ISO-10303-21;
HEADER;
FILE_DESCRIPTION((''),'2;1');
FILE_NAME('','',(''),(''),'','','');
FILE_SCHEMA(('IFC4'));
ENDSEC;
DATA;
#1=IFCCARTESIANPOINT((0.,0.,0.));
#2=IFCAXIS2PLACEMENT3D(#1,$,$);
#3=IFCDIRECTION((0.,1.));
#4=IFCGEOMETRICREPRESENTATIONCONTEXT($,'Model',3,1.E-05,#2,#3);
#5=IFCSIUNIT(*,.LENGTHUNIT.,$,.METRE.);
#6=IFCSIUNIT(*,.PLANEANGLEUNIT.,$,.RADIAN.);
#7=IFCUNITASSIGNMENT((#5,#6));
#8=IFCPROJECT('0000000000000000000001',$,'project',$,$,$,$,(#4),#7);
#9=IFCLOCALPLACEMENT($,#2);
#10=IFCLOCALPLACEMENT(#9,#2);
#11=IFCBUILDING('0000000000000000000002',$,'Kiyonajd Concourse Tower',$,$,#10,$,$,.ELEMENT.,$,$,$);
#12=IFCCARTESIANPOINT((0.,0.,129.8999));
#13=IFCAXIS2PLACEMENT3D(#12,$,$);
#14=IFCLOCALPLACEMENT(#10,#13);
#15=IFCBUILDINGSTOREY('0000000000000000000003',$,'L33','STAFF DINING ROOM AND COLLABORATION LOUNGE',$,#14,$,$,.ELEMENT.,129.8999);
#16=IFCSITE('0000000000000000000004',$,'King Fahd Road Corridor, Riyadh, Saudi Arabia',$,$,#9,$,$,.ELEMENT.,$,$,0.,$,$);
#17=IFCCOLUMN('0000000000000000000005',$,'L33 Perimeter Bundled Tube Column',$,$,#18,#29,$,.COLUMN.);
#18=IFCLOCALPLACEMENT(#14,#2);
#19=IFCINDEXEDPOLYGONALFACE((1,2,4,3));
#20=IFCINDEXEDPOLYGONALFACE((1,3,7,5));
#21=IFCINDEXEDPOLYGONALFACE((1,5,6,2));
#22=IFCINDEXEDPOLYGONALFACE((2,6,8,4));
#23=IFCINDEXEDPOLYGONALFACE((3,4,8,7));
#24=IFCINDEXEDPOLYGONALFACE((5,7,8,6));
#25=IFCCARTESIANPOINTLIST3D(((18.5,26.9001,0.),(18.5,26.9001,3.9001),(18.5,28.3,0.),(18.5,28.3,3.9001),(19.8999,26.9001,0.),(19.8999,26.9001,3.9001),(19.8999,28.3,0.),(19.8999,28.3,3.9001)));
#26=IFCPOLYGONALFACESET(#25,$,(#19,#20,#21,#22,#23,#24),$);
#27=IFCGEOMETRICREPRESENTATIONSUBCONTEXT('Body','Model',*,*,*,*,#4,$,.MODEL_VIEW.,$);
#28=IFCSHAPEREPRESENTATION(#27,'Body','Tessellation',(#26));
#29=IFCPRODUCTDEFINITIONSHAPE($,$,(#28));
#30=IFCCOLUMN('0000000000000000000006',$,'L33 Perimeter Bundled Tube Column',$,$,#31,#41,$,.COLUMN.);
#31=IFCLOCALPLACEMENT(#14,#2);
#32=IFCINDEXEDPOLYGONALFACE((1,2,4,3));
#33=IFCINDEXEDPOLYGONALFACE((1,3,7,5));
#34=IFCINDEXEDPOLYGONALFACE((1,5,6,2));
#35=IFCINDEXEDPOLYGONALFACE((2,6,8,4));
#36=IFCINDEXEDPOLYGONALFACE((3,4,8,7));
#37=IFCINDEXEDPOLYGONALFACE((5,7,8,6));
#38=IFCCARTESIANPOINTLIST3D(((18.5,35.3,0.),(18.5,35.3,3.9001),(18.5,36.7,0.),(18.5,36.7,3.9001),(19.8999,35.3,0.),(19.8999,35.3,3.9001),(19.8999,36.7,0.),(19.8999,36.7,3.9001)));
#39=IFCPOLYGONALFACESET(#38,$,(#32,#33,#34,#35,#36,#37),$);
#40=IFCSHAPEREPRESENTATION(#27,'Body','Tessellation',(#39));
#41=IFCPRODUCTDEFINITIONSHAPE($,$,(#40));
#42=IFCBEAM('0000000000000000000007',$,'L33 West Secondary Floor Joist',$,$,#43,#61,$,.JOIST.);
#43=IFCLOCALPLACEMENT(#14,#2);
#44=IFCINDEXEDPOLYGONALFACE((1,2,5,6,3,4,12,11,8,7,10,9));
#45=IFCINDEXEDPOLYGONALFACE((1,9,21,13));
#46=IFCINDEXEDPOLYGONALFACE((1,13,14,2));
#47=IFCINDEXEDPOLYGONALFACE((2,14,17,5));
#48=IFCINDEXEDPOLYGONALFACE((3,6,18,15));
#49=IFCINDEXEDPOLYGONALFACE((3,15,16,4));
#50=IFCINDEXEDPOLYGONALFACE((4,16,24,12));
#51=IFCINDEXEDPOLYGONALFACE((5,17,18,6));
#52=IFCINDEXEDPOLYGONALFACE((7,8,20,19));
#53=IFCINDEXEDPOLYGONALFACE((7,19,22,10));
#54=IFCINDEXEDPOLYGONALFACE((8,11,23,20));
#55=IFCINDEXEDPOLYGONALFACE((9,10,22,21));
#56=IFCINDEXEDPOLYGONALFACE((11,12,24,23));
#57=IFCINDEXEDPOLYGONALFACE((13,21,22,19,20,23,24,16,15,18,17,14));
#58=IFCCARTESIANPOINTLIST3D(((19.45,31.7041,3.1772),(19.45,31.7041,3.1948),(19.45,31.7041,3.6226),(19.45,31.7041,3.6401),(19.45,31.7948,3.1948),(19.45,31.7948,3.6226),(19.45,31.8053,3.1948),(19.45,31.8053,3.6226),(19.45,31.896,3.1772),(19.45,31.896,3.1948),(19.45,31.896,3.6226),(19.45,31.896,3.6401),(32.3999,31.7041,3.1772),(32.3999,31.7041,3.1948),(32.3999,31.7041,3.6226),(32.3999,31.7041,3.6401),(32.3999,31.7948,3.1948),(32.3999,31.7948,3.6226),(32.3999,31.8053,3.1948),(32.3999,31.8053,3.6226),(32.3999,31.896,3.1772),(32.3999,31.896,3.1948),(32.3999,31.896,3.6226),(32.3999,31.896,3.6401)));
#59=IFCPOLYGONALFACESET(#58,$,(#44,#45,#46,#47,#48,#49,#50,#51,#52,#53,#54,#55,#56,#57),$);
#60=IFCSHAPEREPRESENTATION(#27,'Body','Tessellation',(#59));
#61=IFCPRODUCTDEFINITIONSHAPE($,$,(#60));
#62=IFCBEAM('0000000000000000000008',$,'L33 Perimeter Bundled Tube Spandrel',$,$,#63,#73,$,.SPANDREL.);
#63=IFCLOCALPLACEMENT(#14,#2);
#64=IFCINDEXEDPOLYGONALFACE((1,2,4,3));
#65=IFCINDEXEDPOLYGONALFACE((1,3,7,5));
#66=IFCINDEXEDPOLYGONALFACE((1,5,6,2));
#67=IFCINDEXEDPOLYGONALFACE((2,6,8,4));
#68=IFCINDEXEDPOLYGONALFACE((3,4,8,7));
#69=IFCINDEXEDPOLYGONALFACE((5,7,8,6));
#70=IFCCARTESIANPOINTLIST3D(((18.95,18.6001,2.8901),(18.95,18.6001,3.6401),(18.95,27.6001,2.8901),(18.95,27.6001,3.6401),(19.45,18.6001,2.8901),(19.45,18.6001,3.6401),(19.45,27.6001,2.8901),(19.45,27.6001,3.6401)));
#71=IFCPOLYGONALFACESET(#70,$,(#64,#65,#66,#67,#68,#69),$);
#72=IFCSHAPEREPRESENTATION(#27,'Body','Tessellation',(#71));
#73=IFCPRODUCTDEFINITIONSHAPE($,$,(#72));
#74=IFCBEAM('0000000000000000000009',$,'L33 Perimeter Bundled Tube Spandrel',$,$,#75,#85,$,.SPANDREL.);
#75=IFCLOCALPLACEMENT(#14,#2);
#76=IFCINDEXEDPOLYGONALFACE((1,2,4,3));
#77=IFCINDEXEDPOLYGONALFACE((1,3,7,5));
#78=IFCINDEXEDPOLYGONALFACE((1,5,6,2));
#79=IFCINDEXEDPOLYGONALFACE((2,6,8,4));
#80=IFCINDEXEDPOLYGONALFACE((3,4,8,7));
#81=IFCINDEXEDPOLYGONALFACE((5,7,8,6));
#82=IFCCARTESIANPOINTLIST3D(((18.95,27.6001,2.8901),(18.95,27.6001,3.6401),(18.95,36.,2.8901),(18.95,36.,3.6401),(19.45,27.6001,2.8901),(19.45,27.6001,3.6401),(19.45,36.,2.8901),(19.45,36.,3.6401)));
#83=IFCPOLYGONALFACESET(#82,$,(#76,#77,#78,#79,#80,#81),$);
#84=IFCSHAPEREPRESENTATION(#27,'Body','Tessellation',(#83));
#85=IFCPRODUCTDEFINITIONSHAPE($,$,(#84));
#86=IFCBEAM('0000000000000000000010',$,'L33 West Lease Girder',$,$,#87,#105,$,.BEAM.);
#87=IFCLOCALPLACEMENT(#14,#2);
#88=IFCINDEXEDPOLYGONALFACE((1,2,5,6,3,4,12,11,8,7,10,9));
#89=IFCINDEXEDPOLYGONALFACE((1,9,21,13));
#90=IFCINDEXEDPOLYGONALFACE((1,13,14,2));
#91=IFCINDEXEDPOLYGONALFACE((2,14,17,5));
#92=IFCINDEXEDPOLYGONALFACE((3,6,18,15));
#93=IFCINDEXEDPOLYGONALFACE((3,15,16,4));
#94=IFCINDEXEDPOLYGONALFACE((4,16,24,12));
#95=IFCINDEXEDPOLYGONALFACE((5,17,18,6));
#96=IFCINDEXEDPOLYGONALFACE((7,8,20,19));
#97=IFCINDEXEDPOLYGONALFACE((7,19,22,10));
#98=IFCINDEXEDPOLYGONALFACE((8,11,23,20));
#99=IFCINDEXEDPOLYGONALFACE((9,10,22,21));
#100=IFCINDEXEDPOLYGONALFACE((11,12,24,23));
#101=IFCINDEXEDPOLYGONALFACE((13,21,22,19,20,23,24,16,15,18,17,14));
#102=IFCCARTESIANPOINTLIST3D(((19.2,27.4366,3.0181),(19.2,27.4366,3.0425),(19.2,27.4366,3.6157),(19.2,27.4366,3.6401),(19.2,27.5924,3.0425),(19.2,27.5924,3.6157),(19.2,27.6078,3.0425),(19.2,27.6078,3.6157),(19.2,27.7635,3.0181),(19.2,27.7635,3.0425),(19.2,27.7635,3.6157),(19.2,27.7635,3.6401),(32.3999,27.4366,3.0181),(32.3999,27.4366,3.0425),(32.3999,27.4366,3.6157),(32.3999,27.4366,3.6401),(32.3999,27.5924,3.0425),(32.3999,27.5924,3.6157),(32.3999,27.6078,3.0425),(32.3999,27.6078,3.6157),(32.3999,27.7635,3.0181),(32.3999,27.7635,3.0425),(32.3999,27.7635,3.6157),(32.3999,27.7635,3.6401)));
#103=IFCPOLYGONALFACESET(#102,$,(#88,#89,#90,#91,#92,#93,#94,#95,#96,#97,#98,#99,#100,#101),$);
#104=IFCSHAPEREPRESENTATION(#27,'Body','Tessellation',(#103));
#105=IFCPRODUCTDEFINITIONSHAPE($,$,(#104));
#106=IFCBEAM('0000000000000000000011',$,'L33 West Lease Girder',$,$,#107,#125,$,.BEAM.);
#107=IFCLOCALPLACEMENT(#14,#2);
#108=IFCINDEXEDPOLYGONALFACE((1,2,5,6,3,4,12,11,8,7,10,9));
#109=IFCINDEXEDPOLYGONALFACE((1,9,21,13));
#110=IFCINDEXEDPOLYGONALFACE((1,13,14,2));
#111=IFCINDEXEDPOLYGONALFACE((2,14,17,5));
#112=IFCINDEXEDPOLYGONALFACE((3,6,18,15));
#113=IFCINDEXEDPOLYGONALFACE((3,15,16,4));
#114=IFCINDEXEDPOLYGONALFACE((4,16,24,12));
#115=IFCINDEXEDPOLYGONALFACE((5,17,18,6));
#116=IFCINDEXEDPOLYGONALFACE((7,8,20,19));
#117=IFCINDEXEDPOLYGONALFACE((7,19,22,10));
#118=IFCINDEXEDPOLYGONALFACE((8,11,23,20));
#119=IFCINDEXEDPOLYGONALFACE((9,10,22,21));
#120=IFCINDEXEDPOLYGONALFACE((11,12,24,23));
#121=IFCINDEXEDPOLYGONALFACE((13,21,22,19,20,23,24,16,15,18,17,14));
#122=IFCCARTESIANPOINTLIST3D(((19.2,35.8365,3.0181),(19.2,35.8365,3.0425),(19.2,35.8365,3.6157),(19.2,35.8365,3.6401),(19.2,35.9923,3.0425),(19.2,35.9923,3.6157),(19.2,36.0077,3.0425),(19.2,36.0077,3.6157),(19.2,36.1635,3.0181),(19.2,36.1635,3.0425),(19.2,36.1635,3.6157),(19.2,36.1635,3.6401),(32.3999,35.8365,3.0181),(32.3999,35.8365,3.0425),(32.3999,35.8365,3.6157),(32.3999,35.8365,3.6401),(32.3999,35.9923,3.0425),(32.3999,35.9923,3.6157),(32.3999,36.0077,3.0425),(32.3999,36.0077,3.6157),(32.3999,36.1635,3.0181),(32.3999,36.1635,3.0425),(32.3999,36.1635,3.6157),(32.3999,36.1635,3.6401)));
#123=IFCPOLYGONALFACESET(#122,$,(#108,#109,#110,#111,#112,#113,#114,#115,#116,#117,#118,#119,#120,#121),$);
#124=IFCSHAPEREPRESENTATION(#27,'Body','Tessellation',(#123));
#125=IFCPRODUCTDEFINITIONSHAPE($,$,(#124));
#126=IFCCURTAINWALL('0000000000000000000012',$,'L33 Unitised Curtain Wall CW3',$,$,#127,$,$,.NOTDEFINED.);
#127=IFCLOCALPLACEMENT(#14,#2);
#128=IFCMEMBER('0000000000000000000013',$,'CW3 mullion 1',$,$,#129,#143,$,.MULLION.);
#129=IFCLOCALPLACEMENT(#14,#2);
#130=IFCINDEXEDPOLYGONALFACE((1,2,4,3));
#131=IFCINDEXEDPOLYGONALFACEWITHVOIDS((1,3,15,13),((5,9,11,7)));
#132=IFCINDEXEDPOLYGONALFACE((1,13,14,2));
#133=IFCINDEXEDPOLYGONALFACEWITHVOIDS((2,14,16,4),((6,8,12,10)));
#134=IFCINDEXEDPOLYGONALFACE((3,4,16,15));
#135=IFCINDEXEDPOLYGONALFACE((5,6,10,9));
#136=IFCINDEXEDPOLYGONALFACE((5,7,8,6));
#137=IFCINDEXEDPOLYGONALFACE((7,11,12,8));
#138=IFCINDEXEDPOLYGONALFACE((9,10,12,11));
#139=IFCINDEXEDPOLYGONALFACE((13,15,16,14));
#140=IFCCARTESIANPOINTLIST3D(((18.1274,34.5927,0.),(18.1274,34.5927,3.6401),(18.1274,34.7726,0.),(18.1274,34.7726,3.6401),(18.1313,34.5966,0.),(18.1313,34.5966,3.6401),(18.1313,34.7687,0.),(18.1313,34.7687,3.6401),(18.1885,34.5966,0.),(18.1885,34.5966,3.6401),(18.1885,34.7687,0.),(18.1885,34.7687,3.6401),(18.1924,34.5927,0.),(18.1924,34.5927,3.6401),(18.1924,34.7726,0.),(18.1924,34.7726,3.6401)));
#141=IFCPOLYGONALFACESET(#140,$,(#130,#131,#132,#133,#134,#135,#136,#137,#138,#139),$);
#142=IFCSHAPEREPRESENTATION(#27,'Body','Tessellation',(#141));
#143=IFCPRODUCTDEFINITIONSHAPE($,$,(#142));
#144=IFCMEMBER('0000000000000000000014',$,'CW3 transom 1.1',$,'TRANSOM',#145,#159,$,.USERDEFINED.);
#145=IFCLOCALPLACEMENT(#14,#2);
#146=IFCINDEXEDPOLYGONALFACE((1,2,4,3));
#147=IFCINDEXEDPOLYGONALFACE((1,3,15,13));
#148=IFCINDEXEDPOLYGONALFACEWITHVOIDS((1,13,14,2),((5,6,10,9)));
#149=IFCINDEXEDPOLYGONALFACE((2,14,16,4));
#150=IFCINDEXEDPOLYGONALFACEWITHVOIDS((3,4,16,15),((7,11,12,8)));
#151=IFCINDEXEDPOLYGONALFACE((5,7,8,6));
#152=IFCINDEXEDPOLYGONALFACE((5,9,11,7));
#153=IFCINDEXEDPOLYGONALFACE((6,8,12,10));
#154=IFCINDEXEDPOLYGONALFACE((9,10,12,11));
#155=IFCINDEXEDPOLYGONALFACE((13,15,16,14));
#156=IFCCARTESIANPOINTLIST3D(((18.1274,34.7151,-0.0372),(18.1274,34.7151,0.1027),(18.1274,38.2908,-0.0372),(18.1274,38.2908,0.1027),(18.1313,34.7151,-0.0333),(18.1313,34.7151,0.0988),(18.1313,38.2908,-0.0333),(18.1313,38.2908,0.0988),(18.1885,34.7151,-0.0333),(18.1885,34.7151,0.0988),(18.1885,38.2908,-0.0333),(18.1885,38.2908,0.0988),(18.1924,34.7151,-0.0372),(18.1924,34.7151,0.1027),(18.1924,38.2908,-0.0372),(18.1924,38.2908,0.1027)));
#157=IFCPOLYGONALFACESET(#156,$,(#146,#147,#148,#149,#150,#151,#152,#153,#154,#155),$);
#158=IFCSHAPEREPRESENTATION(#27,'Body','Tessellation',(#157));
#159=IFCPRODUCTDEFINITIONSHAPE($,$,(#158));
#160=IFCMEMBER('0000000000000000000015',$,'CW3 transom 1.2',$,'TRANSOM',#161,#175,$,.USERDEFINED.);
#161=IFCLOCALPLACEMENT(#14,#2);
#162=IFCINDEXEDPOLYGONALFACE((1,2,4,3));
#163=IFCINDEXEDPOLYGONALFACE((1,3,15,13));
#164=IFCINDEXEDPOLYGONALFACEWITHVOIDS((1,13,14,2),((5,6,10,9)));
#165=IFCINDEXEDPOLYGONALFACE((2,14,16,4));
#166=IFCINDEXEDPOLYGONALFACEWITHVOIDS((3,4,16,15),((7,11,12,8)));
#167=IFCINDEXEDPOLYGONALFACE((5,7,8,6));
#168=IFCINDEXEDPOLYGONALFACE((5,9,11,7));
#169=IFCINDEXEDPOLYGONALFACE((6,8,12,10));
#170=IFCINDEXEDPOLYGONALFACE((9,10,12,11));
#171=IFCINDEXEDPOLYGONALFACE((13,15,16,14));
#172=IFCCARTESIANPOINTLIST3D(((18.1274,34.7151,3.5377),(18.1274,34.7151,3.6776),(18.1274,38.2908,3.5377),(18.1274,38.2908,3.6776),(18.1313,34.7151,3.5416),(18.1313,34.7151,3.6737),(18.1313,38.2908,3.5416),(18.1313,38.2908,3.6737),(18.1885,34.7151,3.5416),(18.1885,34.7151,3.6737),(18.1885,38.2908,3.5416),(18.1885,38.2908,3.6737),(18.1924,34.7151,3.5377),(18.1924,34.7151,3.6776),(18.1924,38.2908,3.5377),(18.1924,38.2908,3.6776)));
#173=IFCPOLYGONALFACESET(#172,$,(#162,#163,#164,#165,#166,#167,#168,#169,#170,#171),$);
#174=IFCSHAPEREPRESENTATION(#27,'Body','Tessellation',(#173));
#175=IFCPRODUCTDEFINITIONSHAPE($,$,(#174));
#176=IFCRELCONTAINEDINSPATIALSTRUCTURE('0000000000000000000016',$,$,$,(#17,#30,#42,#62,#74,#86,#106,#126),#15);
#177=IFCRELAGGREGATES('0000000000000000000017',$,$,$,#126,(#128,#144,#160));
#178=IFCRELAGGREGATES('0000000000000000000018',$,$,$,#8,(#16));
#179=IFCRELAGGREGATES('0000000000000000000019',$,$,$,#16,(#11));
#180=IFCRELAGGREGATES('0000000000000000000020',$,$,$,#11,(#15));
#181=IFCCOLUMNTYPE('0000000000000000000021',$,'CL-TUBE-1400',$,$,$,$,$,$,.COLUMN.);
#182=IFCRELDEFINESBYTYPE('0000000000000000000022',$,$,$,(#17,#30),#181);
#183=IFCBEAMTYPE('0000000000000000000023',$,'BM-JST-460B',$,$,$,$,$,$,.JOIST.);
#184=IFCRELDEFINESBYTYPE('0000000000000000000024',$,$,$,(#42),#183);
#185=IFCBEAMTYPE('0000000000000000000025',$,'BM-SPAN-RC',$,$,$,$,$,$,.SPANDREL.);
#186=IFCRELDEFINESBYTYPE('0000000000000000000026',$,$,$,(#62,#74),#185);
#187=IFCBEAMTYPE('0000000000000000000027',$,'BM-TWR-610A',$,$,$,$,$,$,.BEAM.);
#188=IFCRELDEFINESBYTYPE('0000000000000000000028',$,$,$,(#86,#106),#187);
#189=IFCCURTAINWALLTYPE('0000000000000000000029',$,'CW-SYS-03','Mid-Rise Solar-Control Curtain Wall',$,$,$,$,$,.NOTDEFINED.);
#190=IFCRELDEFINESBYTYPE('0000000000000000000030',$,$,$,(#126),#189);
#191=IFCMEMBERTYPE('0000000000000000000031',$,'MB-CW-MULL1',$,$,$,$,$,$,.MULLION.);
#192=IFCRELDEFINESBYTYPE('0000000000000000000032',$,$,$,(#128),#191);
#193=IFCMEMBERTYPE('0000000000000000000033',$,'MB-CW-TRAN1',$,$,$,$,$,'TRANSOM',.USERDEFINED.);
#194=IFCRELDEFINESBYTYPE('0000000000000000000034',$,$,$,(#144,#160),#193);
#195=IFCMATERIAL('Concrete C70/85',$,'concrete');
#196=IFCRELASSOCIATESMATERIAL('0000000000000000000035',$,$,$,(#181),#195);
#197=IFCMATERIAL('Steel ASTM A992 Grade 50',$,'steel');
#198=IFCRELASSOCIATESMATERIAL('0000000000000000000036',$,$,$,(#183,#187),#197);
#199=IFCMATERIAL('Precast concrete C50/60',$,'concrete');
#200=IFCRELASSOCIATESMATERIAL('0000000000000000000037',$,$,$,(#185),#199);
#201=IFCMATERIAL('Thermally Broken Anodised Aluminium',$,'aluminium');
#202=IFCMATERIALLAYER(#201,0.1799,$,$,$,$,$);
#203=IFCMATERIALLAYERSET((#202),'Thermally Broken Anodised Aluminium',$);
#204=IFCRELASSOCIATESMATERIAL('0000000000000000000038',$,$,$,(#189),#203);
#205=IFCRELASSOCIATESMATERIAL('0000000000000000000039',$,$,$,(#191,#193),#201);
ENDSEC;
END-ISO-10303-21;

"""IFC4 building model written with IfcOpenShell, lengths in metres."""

from ifc_helpers import new_model, si_unit, direction, frame, origin, origin_2d, place, context, subcontext, project, spatial, rectangle, hollow_rectangle, i_section, extrude, material, layer, layer_set, material_profile, profile_set, type_object, element, aggregate, save


model = new_model("IFC4")

# Units and contexts
model_context = context("Model", 3, precision=1e-05, world=origin(), true_north=direction((0.0, 1.0)))
body_context = subcontext(model_context, "Body", "Model", "MODEL_VIEW")
ifc_project = project(units=[si_unit("LENGTHUNIT", "METRE"), si_unit("PLANEANGLEUNIT", "RADIAN")], contexts=[model_context])

# Site, building, storey
site_placement = place(None, origin())
site = spatial("IfcSite", under=ifc_project, at=site_placement, Name="King Fahd Road Corridor, Riyadh, Saudi Arabia", CompositionType="ELEMENT", RefElevation=0.0)
building_placement = place(site_placement, origin())
building = spatial("IfcBuilding", under=site, at=building_placement, Name="Kiyonajd Concourse Tower", CompositionType="ELEMENT")
storey_placement = place(building_placement, frame((0.0, 0.0, 129.8999)))
storey = spatial("IfcBuildingStorey", under=building, at=storey_placement, Name="L33", Description="STAFF DINING ROOM AND COLLABORATION LOUNGE", CompositionType="ELEMENT", Elevation=129.8999)

# Columns
ifc_material_1 = material(Name="Concrete C70/85", Category="concrete")
ifc_material_profile_1 = material_profile(ifc_material_1, rectangle(XDim=1.3999, YDim=1.3999, at=origin_2d()), Name="RC-1400x1400")
ifc_profile_set_1 = profile_set([ifc_material_profile_1], Name="Concrete C70/85")
column_type = type_object("IfcColumnType", Name="CL-TUBE-1400", PredefinedType="COLUMN", material=ifc_profile_set_1)
for number, where, z_axis, x_axis, name in (
    (1, (19.2, 27.6001, 0.0), (0.0, 0.0, 1.0), (1.0, 0.0, 0.0), "L33 Perimeter Bundled Tube Column"),
    (2, (19.2, 36.0, 0.0), (0.0, 0.0, 1.0), (1.0, 0.0, 0.0), "L33 Perimeter Bundled Tube Column"),
):
    element("IfcColumn", number, at=place(storey_placement, frame(where, z_axis=z_axis, x_axis=x_axis)), inside=storey, type_object=column_type, Name=name, PredefinedType="COLUMN", context=body_context, shape_type="SweptSolid", body=[
        extrude(rectangle(XDim=1.3999, YDim=1.3999, at=origin_2d()), origin(), (0.0, 0.0, 1.0), 3.9001),
    ])

# Beams
ifc_material_2 = material(Name="Steel ASTM A992 Grade 50", Category="steel")
ifc_material_profile_2 = material_profile(ifc_material_2, i_section(OverallWidth=0.1919, OverallDepth=0.4629, WebThickness=0.0105, FlangeThickness=0.0176, at=origin_2d()), Name="W460X89")
ifc_profile_set_2 = profile_set([ifc_material_profile_2], Name="Steel ASTM A992 Grade 50")
beam_type_1 = type_object("IfcBeamType", Name="BM-JST-460B", PredefinedType="JOIST", material=ifc_profile_set_2)
beam_1_placement = place(storey_placement, frame((19.45, 31.8, 3.4087), z_axis=(1.0, 0.0, 0.0), x_axis=(0.0, 1.0, 0.0)))
element("IfcBeam", 3, at=beam_1_placement, inside=storey, type_object=beam_type_1, Name="L33 West Secondary Floor Joist", PredefinedType="JOIST", context=body_context, shape_type="SweptSolid", body=[
    extrude(i_section(OverallWidth=0.1919, OverallDepth=0.4629, WebThickness=0.0105, FlangeThickness=0.0176, at=origin_2d()), origin(), (0.0, 0.0, 1.0), 12.95),
])
ifc_material_3 = material(Name="Precast concrete C50/60", Category="concrete")
ifc_material_profile_3 = material_profile(ifc_material_3, rectangle(XDim=0.5, YDim=0.75, at=origin_2d()), Name="RCBM-500x750")
ifc_profile_set_3 = profile_set([ifc_material_profile_3], Name="Precast concrete C50/60")
beam_type_2 = type_object("IfcBeamType", Name="BM-SPAN-RC", PredefinedType="SPANDREL", material=ifc_profile_set_3)
beam_2_placement = place(storey_placement, frame((19.2, 27.6001, 3.2651), z_axis=(0.0, -1.0, 0.0), x_axis=(1.0, 0.0, 0.0)))
element("IfcBeam", 4, at=beam_2_placement, inside=storey, type_object=beam_type_2, Name="L33 Perimeter Bundled Tube Spandrel", PredefinedType="SPANDREL", context=body_context, shape_type="SweptSolid", body=[
    extrude(rectangle(XDim=0.5, YDim=0.75, at=origin_2d()), origin(), (0.0, 0.0, 1.0), 9.0),
])
beam_3_placement = place(storey_placement, frame((19.2, 36.0, 3.2651), z_axis=(0.0, -1.0, 0.0), x_axis=(1.0, 0.0, 0.0)))
element("IfcBeam", 5, at=beam_3_placement, inside=storey, type_object=beam_type_2, Name="L33 Perimeter Bundled Tube Spandrel", PredefinedType="SPANDREL", context=body_context, shape_type="SweptSolid", body=[
    extrude(rectangle(XDim=0.5, YDim=0.75, at=origin_2d()), origin(), (0.0, 0.0, 1.0), 8.3999),
])
ifc_material_profile_4 = material_profile(ifc_material_2, i_section(OverallWidth=0.3269, OverallDepth=0.6221, WebThickness=0.0154, FlangeThickness=0.0244, at=origin_2d()), Name="W610X195")
ifc_profile_set_4 = profile_set([ifc_material_profile_4], Name="Steel ASTM A992 Grade 50")
beam_type_3 = type_object("IfcBeamType", Name="BM-TWR-610A", PredefinedType="BEAM", material=ifc_profile_set_4)
for number, where, z_axis, x_axis, name in (
    (6, (19.2, 27.6001, 3.3291), (1.0, 0.0, 0.0), (0.0, 1.0, 0.0), "L33 West Lease Girder"),
    (7, (19.2, 36.0, 3.3291), (1.0, 0.0, 0.0), (0.0, 1.0, 0.0), "L33 West Lease Girder"),
):
    element("IfcBeam", number, at=place(storey_placement, frame(where, z_axis=z_axis, x_axis=x_axis)), inside=storey, type_object=beam_type_3, Name=name, PredefinedType="BEAM", context=body_context, shape_type="SweptSolid", body=[
        extrude(i_section(OverallWidth=0.3269, OverallDepth=0.6221, WebThickness=0.0154, FlangeThickness=0.0244, at=origin_2d()), origin(), (0.0, 0.0, 1.0), 13.2),
    ])

# Curtain wall, members
ifc_material_4 = material(Name="Thermally Broken Anodised Aluminium", Category="aluminium")
ifc_layer_1 = layer(ifc_material_4, 0.1799)
ifc_layer_set_1 = layer_set([ifc_layer_1], Name="Thermally Broken Anodised Aluminium")
curtain_wall_type = type_object("IfcCurtainWallType", Name="CW-SYS-03", Description="Mid-Rise Solar-Control Curtain Wall", PredefinedType="NOTDEFINED", material=ifc_layer_set_1)
curtain_wall_placement = place(storey_placement, origin())
curtain_wall = element("IfcCurtainWall", 8, at=curtain_wall_placement, inside=storey, type_object=curtain_wall_type, Name="L33 Unitised Curtain Wall CW3", PredefinedType="NOTDEFINED")
ifc_material_profile_5 = material_profile(ifc_material_4, hollow_rectangle(XDim=0.0649, YDim=0.1799, WallThickness=0.0039, at=origin_2d()), Name="MULL-65x180")
ifc_profile_set_5 = profile_set([ifc_material_profile_5], Name="Thermally Broken Anodised Aluminium")
member_type_1 = type_object("IfcMemberType", Name="MB-CW-MULL1", PredefinedType="MULLION", material=ifc_profile_set_5)
member_1_placement = place(storey_placement, frame((18.1599, 34.6826, 0.0), z_axis=(0.0, 0.0, 1.0), x_axis=(-1.0, 0.0, 0.0)))
member_1 = element("IfcMember", 9, at=member_1_placement, type_object=member_type_1, Name="CW3 mullion 1", PredefinedType="MULLION", context=body_context, shape_type="SweptSolid", body=[
    extrude(hollow_rectangle(XDim=0.0649, YDim=0.1799, WallThickness=0.0039, at=origin_2d()), origin(), (0.0, 0.0, 1.0), 3.6401),
])
ifc_material_profile_6 = material_profile(ifc_material_4, hollow_rectangle(XDim=0.0649, YDim=0.1399, WallThickness=0.0039, at=origin_2d()), Name="TRAN-65x140")
ifc_profile_set_6 = profile_set([ifc_material_profile_6], Name="Thermally Broken Anodised Aluminium")
member_type_2 = type_object("IfcMemberType", Name="MB-CW-TRAN1", ElementType="TRANSOM", PredefinedType="USERDEFINED", material=ifc_profile_set_6)
member_2_placement = place(storey_placement, frame((18.1599, 34.7151, 0.0327), z_axis=(0.0, 1.0, 0.0), x_axis=(-1.0, 0.0, 0.0)))
member_2 = element("IfcMember", 10, at=member_2_placement, type_object=member_type_2, Name="CW3 transom 1.1", ObjectType="TRANSOM", PredefinedType="USERDEFINED", context=body_context, shape_type="SweptSolid", body=[
    extrude(hollow_rectangle(XDim=0.0649, YDim=0.1399, WallThickness=0.0039, at=origin_2d()), origin(), (0.0, 0.0, 1.0), 3.5757),
])
member_3_placement = place(storey_placement, frame((18.1599, 34.7151, 3.6077), z_axis=(0.0, 1.0, 0.0), x_axis=(-1.0, 0.0, 0.0)))
member_3 = element("IfcMember", 11, at=member_3_placement, type_object=member_type_2, Name="CW3 transom 1.2", ObjectType="TRANSOM", PredefinedType="USERDEFINED", context=body_context, shape_type="SweptSolid", body=[
    extrude(hollow_rectangle(XDim=0.0649, YDim=0.1399, WallThickness=0.0039, at=origin_2d()), origin(), (0.0, 0.0, 1.0), 3.5757),
])

aggregate(curtain_wall, [member_1, member_2, member_3])

save(model, "model.ifc")
